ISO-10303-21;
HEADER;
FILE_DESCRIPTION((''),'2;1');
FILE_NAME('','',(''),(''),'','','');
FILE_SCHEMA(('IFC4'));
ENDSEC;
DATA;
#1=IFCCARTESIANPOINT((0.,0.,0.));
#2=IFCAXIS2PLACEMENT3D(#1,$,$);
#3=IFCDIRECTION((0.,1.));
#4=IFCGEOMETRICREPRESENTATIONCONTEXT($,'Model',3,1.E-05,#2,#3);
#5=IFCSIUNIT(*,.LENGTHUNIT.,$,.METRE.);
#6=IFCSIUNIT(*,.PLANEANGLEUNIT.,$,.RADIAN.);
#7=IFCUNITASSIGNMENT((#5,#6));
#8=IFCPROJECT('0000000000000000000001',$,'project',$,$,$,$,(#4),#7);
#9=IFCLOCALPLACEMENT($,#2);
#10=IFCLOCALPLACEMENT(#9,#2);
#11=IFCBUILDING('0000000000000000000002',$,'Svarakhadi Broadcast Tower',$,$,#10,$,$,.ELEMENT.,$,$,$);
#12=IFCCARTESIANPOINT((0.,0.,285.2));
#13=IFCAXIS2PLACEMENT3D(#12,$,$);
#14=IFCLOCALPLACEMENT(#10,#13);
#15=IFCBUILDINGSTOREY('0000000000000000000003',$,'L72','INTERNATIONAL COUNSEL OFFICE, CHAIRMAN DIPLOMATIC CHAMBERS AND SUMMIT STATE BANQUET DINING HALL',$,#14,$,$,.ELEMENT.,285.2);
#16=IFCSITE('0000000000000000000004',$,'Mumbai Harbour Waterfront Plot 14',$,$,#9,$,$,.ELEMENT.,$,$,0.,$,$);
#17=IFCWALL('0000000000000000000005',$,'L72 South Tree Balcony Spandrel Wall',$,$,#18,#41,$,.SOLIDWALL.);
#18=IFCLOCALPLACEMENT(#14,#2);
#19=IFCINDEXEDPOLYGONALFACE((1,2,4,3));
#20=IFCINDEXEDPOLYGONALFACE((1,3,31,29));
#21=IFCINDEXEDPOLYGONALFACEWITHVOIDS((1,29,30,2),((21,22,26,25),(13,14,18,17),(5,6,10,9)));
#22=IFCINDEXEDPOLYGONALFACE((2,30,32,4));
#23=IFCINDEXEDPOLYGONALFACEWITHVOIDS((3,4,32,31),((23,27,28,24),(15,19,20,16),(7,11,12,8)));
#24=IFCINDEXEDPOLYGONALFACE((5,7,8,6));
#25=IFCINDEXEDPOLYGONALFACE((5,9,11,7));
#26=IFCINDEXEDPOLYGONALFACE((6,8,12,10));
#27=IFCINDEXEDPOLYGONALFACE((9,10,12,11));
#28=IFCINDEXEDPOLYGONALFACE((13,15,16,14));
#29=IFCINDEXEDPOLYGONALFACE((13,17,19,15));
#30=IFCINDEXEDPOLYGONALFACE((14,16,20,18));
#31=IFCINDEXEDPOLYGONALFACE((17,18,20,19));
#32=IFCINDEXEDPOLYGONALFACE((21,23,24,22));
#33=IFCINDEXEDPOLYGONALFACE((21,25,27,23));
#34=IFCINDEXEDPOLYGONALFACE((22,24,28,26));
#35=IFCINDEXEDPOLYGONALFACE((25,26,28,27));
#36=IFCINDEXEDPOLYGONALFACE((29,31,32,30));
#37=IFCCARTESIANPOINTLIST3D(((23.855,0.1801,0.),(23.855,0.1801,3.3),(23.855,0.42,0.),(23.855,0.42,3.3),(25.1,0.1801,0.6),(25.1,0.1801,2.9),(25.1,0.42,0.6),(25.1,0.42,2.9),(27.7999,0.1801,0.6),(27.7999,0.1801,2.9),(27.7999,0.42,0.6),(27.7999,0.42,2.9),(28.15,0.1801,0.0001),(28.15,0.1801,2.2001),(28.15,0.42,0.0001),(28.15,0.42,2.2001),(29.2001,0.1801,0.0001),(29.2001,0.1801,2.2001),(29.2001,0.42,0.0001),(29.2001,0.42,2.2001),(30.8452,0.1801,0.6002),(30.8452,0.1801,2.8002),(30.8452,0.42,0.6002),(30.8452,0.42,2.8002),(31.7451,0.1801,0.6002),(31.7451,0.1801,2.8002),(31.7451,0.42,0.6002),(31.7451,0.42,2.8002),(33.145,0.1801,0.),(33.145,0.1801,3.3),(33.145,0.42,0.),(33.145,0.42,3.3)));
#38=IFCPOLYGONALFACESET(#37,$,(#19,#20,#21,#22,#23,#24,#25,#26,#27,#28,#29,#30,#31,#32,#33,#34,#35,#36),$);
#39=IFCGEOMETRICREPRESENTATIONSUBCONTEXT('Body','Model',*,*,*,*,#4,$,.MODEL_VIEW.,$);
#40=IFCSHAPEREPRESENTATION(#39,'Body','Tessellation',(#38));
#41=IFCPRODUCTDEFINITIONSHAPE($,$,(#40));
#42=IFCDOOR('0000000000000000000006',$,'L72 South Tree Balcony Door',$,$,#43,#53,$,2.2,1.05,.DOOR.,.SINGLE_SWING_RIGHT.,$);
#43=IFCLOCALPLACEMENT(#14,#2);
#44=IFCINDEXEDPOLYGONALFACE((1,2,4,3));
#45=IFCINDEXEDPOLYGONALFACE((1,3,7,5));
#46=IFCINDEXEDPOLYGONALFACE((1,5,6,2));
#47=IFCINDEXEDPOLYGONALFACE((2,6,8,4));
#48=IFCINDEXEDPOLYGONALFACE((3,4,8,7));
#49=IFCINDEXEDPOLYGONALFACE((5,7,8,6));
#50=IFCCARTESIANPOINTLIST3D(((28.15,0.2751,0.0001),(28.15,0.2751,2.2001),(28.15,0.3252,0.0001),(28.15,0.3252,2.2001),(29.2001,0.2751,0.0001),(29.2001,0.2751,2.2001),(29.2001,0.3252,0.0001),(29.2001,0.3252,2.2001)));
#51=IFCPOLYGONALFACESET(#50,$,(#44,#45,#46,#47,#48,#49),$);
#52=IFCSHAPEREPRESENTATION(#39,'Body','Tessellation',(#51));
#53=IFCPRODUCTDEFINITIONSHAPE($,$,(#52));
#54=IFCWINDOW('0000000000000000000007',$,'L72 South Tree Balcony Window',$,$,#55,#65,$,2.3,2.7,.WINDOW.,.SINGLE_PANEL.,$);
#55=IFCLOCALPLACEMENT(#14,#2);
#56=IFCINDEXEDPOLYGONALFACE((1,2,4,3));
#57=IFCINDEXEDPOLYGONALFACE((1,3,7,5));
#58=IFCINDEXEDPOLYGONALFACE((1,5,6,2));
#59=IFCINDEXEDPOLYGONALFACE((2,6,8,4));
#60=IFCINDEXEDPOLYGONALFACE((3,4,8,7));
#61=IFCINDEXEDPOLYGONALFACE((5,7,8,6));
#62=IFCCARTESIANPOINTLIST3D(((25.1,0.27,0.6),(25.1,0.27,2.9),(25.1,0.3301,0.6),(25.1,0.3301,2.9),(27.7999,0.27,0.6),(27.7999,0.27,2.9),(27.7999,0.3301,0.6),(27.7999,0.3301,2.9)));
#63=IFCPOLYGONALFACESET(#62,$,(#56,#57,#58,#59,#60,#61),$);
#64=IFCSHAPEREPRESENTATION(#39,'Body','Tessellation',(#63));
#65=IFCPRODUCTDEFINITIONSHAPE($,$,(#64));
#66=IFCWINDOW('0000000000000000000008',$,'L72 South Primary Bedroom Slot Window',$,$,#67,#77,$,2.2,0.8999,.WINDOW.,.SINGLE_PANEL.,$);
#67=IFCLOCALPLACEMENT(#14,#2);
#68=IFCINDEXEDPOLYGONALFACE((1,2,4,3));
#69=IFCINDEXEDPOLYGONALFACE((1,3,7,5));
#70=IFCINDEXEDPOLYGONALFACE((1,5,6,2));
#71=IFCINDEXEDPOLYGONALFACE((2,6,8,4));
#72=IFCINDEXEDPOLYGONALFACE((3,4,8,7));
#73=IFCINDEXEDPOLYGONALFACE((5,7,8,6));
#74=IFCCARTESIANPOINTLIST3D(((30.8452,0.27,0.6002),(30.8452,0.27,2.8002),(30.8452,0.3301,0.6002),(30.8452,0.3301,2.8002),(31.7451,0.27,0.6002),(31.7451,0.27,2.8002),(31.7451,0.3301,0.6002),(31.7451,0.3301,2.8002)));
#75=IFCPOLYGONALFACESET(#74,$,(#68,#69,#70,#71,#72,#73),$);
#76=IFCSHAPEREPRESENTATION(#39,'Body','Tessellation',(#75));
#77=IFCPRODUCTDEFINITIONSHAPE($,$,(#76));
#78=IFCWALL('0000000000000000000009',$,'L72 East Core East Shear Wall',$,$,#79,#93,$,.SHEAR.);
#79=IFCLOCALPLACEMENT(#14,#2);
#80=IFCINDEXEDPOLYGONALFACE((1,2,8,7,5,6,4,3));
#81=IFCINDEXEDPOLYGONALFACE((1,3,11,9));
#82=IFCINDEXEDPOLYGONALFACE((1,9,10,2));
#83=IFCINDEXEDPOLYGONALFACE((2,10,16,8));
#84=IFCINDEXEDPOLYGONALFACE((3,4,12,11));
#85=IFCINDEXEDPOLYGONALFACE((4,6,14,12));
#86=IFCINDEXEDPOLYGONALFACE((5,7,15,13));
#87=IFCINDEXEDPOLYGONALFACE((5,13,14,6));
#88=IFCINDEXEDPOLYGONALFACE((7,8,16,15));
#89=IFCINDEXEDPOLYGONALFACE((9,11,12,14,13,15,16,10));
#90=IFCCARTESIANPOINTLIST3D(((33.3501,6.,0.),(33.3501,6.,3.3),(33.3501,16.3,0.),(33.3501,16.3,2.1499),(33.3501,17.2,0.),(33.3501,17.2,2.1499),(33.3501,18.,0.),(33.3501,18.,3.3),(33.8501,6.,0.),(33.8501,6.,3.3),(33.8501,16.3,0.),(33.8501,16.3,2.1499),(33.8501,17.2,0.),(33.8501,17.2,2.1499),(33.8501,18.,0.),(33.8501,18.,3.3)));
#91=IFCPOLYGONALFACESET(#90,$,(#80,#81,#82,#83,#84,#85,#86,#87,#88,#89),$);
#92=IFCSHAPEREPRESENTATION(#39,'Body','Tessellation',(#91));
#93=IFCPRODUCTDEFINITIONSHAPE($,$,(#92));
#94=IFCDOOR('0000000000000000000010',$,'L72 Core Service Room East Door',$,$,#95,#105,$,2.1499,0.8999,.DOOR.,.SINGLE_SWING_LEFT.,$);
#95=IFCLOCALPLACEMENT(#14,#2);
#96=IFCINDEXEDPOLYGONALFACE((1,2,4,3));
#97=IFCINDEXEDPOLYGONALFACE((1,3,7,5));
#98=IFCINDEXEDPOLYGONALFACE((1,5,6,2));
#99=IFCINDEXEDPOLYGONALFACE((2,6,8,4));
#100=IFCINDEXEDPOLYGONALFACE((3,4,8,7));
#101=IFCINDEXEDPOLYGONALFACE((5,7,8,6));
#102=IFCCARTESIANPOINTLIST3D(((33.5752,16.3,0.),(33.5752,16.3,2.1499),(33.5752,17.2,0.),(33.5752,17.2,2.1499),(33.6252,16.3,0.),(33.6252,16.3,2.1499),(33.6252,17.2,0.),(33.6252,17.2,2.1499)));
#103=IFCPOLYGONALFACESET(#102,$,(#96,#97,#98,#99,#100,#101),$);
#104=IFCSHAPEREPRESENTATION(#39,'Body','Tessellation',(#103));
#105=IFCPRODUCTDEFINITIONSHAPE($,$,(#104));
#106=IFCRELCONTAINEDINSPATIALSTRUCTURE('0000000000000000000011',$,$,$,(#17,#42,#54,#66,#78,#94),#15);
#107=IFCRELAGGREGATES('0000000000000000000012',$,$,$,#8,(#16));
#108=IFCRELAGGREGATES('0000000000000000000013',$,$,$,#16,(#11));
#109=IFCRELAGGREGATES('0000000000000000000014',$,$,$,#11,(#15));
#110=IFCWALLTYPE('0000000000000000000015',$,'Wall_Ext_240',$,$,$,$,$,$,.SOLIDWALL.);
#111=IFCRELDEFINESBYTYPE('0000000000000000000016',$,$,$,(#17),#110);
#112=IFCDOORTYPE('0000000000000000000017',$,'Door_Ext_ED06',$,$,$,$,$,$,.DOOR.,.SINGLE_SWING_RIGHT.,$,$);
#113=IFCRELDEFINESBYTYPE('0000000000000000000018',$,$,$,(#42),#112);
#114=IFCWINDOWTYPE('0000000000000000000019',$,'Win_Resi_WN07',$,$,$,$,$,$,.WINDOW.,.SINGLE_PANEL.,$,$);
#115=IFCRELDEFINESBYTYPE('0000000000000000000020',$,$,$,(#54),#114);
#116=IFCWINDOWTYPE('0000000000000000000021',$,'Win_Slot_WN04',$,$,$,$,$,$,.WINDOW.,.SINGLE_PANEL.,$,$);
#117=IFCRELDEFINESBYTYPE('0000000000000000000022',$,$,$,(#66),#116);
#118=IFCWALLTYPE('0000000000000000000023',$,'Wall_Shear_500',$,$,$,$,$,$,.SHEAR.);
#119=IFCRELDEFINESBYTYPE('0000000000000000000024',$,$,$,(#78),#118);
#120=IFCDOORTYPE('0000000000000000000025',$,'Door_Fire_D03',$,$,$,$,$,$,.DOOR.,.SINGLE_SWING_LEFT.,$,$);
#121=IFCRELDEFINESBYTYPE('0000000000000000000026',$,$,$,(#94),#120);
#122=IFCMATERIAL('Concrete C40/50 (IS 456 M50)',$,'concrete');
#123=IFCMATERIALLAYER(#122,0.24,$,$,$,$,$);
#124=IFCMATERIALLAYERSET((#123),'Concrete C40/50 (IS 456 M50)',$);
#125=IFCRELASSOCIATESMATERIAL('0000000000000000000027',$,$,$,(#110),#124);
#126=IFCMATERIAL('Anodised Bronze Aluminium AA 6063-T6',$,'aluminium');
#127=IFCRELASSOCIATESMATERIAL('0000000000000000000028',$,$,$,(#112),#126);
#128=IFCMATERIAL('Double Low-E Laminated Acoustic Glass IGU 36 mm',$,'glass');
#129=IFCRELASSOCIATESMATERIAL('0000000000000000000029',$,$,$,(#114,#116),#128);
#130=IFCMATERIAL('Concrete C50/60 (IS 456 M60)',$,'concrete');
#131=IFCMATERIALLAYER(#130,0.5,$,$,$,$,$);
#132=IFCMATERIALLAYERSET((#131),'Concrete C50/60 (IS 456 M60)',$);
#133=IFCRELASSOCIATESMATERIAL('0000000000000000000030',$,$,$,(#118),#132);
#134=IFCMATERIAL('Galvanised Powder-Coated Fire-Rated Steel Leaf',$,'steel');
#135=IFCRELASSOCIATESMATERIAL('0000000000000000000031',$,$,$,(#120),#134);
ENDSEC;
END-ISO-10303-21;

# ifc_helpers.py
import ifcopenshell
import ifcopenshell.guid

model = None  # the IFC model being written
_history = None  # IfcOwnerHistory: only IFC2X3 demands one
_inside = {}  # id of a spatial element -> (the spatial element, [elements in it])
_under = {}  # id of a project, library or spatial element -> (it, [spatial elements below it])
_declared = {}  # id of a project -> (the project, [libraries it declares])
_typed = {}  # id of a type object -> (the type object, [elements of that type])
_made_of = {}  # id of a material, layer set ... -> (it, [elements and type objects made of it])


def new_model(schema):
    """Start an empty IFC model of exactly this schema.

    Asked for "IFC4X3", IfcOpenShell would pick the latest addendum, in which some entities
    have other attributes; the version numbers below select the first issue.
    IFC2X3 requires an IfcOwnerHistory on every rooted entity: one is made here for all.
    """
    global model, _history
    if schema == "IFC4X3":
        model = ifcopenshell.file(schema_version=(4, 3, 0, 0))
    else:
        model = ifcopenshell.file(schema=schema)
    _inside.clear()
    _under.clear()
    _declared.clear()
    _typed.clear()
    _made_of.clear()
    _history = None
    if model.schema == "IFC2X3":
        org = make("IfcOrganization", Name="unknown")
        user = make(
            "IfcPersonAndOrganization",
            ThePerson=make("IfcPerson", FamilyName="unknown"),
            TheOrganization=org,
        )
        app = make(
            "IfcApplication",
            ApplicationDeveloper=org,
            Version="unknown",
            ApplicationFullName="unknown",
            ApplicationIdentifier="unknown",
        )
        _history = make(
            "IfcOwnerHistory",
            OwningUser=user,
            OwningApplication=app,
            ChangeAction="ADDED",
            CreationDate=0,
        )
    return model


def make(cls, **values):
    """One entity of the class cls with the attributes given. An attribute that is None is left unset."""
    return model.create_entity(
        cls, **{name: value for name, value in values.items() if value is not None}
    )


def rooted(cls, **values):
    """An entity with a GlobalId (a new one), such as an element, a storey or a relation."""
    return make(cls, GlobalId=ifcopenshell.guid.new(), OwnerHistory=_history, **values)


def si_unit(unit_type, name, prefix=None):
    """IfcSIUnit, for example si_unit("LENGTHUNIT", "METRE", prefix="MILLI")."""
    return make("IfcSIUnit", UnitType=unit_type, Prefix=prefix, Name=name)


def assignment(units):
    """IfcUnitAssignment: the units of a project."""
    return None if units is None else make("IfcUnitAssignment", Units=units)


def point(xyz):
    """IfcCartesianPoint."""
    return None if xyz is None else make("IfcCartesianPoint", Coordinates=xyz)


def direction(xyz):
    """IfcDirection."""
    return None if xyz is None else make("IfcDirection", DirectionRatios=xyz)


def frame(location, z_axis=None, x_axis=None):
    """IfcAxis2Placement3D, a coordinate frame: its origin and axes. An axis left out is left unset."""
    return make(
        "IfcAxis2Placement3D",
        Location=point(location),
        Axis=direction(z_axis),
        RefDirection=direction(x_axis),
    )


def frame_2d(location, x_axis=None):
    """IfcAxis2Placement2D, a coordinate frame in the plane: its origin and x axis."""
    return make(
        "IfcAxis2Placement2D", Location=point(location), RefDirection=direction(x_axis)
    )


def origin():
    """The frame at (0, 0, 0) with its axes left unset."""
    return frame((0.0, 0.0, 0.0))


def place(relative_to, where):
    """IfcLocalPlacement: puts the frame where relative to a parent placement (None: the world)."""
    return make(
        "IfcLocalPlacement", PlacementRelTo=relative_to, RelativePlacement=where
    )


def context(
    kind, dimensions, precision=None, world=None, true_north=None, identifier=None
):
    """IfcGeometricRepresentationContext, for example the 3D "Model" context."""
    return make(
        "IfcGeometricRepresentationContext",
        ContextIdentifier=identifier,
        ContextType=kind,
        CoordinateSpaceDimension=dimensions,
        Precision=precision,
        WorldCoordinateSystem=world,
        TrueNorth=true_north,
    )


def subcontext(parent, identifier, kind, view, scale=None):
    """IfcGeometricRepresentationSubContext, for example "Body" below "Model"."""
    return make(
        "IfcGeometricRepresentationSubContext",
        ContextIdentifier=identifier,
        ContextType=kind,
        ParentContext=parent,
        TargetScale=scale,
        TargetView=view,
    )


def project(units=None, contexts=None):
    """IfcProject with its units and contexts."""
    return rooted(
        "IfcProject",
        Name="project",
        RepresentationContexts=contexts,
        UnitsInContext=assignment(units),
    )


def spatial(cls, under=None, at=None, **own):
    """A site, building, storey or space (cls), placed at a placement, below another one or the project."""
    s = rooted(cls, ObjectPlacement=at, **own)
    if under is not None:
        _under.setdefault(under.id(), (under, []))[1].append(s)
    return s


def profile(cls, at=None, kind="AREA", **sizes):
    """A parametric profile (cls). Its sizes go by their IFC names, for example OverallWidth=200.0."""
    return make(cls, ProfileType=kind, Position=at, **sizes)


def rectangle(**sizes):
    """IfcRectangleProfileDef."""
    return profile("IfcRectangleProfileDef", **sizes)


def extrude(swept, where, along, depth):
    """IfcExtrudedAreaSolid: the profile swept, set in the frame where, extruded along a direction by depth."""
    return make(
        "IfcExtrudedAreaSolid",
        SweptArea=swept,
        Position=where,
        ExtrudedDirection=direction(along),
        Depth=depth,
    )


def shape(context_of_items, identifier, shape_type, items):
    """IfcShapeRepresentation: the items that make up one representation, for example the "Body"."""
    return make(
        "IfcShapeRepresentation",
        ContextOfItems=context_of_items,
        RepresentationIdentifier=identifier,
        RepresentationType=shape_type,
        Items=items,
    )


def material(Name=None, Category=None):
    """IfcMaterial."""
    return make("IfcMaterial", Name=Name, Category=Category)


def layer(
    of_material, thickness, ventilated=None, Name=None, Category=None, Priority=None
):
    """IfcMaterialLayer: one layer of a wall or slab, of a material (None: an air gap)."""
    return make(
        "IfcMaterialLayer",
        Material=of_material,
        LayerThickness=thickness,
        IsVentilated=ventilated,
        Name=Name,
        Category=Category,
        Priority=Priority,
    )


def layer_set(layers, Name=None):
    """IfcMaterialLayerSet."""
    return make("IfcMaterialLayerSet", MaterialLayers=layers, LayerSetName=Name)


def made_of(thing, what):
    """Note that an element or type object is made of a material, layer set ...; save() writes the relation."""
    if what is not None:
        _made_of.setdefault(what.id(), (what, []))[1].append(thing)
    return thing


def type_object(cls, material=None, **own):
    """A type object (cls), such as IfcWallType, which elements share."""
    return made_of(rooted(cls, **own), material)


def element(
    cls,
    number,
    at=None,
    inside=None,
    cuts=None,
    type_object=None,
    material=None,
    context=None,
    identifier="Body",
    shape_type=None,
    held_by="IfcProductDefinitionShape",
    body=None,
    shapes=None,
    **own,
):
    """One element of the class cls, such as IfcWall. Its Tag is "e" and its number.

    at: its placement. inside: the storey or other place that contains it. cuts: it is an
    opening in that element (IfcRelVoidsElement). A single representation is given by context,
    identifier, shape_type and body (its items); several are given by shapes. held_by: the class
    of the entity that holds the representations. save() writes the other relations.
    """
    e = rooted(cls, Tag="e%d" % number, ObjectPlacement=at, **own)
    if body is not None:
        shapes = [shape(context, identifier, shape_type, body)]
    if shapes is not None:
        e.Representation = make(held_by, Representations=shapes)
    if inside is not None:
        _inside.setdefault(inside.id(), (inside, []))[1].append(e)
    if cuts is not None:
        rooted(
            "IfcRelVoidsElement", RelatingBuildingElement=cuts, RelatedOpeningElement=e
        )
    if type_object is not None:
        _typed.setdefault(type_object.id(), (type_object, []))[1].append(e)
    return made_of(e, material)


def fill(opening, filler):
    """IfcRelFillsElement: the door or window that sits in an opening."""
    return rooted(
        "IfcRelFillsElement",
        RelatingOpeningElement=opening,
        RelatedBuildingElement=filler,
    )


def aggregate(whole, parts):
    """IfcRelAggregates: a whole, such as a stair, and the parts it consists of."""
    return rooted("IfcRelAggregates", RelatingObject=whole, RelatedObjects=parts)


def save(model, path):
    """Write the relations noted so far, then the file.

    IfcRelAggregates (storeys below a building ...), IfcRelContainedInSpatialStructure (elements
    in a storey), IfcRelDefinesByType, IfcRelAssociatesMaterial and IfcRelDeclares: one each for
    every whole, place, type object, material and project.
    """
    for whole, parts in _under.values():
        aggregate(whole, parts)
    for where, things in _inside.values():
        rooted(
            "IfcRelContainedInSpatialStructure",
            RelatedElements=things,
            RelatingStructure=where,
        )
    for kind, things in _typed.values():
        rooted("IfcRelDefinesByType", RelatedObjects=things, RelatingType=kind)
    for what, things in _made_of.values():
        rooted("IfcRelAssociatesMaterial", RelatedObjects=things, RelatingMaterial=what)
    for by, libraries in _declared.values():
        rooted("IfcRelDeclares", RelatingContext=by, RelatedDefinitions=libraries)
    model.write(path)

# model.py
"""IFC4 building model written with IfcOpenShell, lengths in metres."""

from ifc_helpers import new_model, si_unit, direction, frame, frame_2d, origin, place, context, subcontext, project, spatial, rectangle, extrude, material, layer, layer_set, type_object, element, fill, save


model = new_model("IFC4")

# Units and contexts
model_context = context("Model", 3, precision=1e-05, world=origin(), true_north=direction((0.0, 1.0)))
body_context = subcontext(model_context, "Body", "Model", "MODEL_VIEW")
ifc_project = project(units=[si_unit("LENGTHUNIT", "METRE"), si_unit("PLANEANGLEUNIT", "RADIAN")], contexts=[model_context])

# Site, building, storey
site_placement = place(None, origin())
site = spatial("IfcSite", under=ifc_project, at=site_placement, Name="Mumbai Harbour Waterfront Plot 14", CompositionType="ELEMENT", RefElevation=0.0)
building_placement = place(site_placement, origin())
building = spatial("IfcBuilding", under=site, at=building_placement, Name="Svarakhadi Broadcast Tower", CompositionType="ELEMENT")
storey_placement = place(building_placement, frame((0.0, 0.0, 285.2)))
storey = spatial("IfcBuildingStorey", under=building, at=storey_placement, Name="L72", Description="INTERNATIONAL COUNSEL OFFICE, CHAIRMAN DIPLOMATIC CHAMBERS AND SUMMIT STATE BANQUET DINING HALL", CompositionType="ELEMENT", Elevation=285.2)

# Shared definitions
ifc_material_1 = material(Name="Concrete C50/60 (IS 456 M60)", Category="concrete")

# Shared definitions
ifc_material_2 = material(Name="Anodised Bronze Aluminium AA 6063-T6", Category="aluminium")

# Shared definitions
ifc_material_3 = material(Name="Double Low-E Laminated Acoustic Glass IGU 36 mm", Category="glass")

# Wall, openings, door, windows
ifc_material_4 = material(Name="Concrete C40/50 (IS 456 M50)", Category="concrete")
ifc_layer_1 = layer(ifc_material_4, 0.24)
ifc_layer_set_1 = layer_set([ifc_layer_1], Name="Concrete C40/50 (IS 456 M50)")
wall_type_1 = type_object("IfcWallType", Name="Wall_Ext_240", PredefinedType="SOLIDWALL", material=ifc_layer_set_1)
wall_1_placement = place(storey_placement, frame((33.145, 0.3, 0.0), z_axis=(0.0, 0.0, 1.0), x_axis=(-1.0, 0.0, 0.0)))
wall_1 = element("IfcWall", 1, at=wall_1_placement, inside=storey, type_object=wall_type_1, Name="L72 South Tree Balcony Spandrel Wall", PredefinedType="SOLIDWALL", context=body_context, shape_type="SweptSolid", body=[
    extrude(rectangle(XDim=9.29, YDim=0.24, at=frame_2d((4.645, 0.0))), origin(), (0.0, 0.0, 1.0), 3.3),
])
opening_1_placement = place(wall_1_placement, frame((3.9451, 0.0, 0.0)))
opening_1 = element("IfcOpeningElement", 2, at=opening_1_placement, cuts=wall_1, PredefinedType="OPENING", context=body_context, shape_type="SweptSolid", body=[
    extrude(rectangle(XDim=1.05, YDim=2.2, at=frame_2d((0.5249, 1.1001))), frame((0.0, 0.1299, 0.0), z_axis=(0.0, -1.0, 0.0), x_axis=(1.0, 0.0, 0.0)), (0.0, 0.0, 1.0), 0.26),
])
opening_2_placement = place(wall_1_placement, frame((5.345, 0.0, 0.6001)))
opening_2 = element("IfcOpeningElement", 3, at=opening_2_placement, cuts=wall_1, PredefinedType="OPENING", context=body_context, shape_type="SweptSolid", body=[
    extrude(rectangle(XDim=2.7, YDim=2.3, at=frame_2d((1.3501, 1.1499))), frame((0.0, 0.1299, 0.0), z_axis=(0.0, -1.0, 0.0), x_axis=(1.0, 0.0, 0.0)), (0.0, 0.0, 1.0), 0.26),
])
opening_3_placement = place(wall_1_placement, frame((1.3999, 0.0, 0.6001)))
opening_3 = element("IfcOpeningElement", 4, at=opening_3_placement, cuts=wall_1, PredefinedType="OPENING", context=body_context, shape_type="SweptSolid", body=[
    extrude(rectangle(XDim=0.8999, YDim=2.2, at=frame_2d((0.45, 1.1001))), frame((0.0, 0.1299, 0.0), z_axis=(0.0, -1.0, 0.0), x_axis=(1.0, 0.0, 0.0)), (0.0, 0.0, 1.0), 0.26),
])
door_type_1 = type_object("IfcDoorType", Name="Door_Ext_ED06", OperationType="SINGLE_SWING_RIGHT", PredefinedType="DOOR", material=ifc_material_2)
door_1_placement = place(opening_1_placement, origin())
door_1 = element("IfcDoor", 5, at=door_1_placement, inside=storey, type_object=door_type_1, Name="L72 South Tree Balcony Door", OperationType="SINGLE_SWING_RIGHT", OverallHeight=2.2, OverallWidth=1.05, PredefinedType="DOOR", context=body_context, shape_type="SweptSolid", body=[
    extrude(rectangle(XDim=1.05, YDim=2.2, at=frame_2d((0.5249, 1.1001))), frame((0.0, 0.0249, 0.0), z_axis=(0.0, -1.0, 0.0), x_axis=(1.0, 0.0, 0.0)), (0.0, 0.0, 1.0), 0.05),
])
fill(opening_1, door_1)
window_type_1 = type_object("IfcWindowType", Name="Win_Resi_WN07", PartitioningType="SINGLE_PANEL", PredefinedType="WINDOW", material=ifc_material_3)
window_1_placement = place(opening_2_placement, origin())
window_1 = element("IfcWindow", 6, at=window_1_placement, inside=storey, type_object=window_type_1, Name="L72 South Tree Balcony Window", OverallHeight=2.3, OverallWidth=2.7, PartitioningType="SINGLE_PANEL", PredefinedType="WINDOW", context=body_context, shape_type="SweptSolid", body=[
    extrude(rectangle(XDim=2.7, YDim=2.3, at=frame_2d((1.3501, 1.1499))), frame((0.0, 0.03, 0.0), z_axis=(0.0, -1.0, 0.0), x_axis=(1.0, 0.0, 0.0)), (0.0, 0.0, 1.0), 0.0601),
])
fill(opening_2, window_1)
window_type_2 = type_object("IfcWindowType", Name="Win_Slot_WN04", PartitioningType="SINGLE_PANEL", PredefinedType="WINDOW", material=ifc_material_3)
window_2_placement = place(opening_3_placement, origin())
window_2 = element("IfcWindow", 7, at=window_2_placement, inside=storey, type_object=window_type_2, Name="L72 South Primary Bedroom Slot Window", OverallHeight=2.2, OverallWidth=0.8999, PartitioningType="SINGLE_PANEL", PredefinedType="WINDOW", context=body_context, shape_type="SweptSolid", body=[
    extrude(rectangle(XDim=0.8999, YDim=2.2, at=frame_2d((0.45, 1.1001))), frame((0.0, 0.03, 0.0), z_axis=(0.0, -1.0, 0.0), x_axis=(1.0, 0.0, 0.0)), (0.0, 0.0, 1.0), 0.0601),
])
fill(opening_3, window_2)

# Wall, opening, door
ifc_layer_2 = layer(ifc_material_1, 0.5)
ifc_layer_set_2 = layer_set([ifc_layer_2], Name="Concrete C50/60 (IS 456 M60)")
wall_type_2 = type_object("IfcWallType", Name="Wall_Shear_500", PredefinedType="SHEAR", material=ifc_layer_set_2)
wall_2_placement = place(storey_placement, frame((33.6001, 6.0, 0.0), z_axis=(0.0, 0.0, 1.0), x_axis=(0.0, 1.0, 0.0)))
wall_2 = element("IfcWall", 8, at=wall_2_placement, inside=storey, type_object=wall_type_2, Name="L72 East Core East Shear Wall", PredefinedType="SHEAR", context=body_context, shape_type="SweptSolid", body=[
    extrude(rectangle(XDim=12.0, YDim=0.5, at=frame_2d((6.0, 0.0))), origin(), (0.0, 0.0, 1.0), 3.3),
])
opening_4_placement = place(wall_2_placement, frame((10.3, 0.0, 0.0)))
opening_4 = element("IfcOpeningElement", 9, at=opening_4_placement, cuts=wall_2, PredefinedType="OPENING", context=body_context, shape_type="SweptSolid", body=[
    extrude(rectangle(XDim=0.8999, YDim=2.1499, at=frame_2d((0.45, 1.075))), frame((0.0, 0.26, 0.0), z_axis=(0.0, -1.0, 0.0), x_axis=(1.0, 0.0, 0.0)), (0.0, 0.0, 1.0), 0.52),
])
ifc_material_5 = material(Name="Galvanised Powder-Coated Fire-Rated Steel Leaf", Category="steel")
door_type_2 = type_object("IfcDoorType", Name="Door_Fire_D03", OperationType="SINGLE_SWING_LEFT", PredefinedType="DOOR", material=ifc_material_5)
door_2_placement = place(opening_4_placement, origin())
door_2 = element("IfcDoor", 10, at=door_2_placement, inside=storey, type_object=door_type_2, Name="L72 Core Service Room East Door", OperationType="SINGLE_SWING_LEFT", OverallHeight=2.1499, OverallWidth=0.8999, PredefinedType="DOOR", context=body_context, shape_type="SweptSolid", body=[
    extrude(rectangle(XDim=0.8999, YDim=2.1499, at=frame_2d((0.45, 1.075))), frame((0.0, 0.0249, 0.0), z_axis=(0.0, -1.0, 0.0), x_axis=(1.0, 0.0, 0.0)), (0.0, 0.0, 1.0), 0.05),
])
fill(opening_4, door_2)

save(model, "model.ifc")
